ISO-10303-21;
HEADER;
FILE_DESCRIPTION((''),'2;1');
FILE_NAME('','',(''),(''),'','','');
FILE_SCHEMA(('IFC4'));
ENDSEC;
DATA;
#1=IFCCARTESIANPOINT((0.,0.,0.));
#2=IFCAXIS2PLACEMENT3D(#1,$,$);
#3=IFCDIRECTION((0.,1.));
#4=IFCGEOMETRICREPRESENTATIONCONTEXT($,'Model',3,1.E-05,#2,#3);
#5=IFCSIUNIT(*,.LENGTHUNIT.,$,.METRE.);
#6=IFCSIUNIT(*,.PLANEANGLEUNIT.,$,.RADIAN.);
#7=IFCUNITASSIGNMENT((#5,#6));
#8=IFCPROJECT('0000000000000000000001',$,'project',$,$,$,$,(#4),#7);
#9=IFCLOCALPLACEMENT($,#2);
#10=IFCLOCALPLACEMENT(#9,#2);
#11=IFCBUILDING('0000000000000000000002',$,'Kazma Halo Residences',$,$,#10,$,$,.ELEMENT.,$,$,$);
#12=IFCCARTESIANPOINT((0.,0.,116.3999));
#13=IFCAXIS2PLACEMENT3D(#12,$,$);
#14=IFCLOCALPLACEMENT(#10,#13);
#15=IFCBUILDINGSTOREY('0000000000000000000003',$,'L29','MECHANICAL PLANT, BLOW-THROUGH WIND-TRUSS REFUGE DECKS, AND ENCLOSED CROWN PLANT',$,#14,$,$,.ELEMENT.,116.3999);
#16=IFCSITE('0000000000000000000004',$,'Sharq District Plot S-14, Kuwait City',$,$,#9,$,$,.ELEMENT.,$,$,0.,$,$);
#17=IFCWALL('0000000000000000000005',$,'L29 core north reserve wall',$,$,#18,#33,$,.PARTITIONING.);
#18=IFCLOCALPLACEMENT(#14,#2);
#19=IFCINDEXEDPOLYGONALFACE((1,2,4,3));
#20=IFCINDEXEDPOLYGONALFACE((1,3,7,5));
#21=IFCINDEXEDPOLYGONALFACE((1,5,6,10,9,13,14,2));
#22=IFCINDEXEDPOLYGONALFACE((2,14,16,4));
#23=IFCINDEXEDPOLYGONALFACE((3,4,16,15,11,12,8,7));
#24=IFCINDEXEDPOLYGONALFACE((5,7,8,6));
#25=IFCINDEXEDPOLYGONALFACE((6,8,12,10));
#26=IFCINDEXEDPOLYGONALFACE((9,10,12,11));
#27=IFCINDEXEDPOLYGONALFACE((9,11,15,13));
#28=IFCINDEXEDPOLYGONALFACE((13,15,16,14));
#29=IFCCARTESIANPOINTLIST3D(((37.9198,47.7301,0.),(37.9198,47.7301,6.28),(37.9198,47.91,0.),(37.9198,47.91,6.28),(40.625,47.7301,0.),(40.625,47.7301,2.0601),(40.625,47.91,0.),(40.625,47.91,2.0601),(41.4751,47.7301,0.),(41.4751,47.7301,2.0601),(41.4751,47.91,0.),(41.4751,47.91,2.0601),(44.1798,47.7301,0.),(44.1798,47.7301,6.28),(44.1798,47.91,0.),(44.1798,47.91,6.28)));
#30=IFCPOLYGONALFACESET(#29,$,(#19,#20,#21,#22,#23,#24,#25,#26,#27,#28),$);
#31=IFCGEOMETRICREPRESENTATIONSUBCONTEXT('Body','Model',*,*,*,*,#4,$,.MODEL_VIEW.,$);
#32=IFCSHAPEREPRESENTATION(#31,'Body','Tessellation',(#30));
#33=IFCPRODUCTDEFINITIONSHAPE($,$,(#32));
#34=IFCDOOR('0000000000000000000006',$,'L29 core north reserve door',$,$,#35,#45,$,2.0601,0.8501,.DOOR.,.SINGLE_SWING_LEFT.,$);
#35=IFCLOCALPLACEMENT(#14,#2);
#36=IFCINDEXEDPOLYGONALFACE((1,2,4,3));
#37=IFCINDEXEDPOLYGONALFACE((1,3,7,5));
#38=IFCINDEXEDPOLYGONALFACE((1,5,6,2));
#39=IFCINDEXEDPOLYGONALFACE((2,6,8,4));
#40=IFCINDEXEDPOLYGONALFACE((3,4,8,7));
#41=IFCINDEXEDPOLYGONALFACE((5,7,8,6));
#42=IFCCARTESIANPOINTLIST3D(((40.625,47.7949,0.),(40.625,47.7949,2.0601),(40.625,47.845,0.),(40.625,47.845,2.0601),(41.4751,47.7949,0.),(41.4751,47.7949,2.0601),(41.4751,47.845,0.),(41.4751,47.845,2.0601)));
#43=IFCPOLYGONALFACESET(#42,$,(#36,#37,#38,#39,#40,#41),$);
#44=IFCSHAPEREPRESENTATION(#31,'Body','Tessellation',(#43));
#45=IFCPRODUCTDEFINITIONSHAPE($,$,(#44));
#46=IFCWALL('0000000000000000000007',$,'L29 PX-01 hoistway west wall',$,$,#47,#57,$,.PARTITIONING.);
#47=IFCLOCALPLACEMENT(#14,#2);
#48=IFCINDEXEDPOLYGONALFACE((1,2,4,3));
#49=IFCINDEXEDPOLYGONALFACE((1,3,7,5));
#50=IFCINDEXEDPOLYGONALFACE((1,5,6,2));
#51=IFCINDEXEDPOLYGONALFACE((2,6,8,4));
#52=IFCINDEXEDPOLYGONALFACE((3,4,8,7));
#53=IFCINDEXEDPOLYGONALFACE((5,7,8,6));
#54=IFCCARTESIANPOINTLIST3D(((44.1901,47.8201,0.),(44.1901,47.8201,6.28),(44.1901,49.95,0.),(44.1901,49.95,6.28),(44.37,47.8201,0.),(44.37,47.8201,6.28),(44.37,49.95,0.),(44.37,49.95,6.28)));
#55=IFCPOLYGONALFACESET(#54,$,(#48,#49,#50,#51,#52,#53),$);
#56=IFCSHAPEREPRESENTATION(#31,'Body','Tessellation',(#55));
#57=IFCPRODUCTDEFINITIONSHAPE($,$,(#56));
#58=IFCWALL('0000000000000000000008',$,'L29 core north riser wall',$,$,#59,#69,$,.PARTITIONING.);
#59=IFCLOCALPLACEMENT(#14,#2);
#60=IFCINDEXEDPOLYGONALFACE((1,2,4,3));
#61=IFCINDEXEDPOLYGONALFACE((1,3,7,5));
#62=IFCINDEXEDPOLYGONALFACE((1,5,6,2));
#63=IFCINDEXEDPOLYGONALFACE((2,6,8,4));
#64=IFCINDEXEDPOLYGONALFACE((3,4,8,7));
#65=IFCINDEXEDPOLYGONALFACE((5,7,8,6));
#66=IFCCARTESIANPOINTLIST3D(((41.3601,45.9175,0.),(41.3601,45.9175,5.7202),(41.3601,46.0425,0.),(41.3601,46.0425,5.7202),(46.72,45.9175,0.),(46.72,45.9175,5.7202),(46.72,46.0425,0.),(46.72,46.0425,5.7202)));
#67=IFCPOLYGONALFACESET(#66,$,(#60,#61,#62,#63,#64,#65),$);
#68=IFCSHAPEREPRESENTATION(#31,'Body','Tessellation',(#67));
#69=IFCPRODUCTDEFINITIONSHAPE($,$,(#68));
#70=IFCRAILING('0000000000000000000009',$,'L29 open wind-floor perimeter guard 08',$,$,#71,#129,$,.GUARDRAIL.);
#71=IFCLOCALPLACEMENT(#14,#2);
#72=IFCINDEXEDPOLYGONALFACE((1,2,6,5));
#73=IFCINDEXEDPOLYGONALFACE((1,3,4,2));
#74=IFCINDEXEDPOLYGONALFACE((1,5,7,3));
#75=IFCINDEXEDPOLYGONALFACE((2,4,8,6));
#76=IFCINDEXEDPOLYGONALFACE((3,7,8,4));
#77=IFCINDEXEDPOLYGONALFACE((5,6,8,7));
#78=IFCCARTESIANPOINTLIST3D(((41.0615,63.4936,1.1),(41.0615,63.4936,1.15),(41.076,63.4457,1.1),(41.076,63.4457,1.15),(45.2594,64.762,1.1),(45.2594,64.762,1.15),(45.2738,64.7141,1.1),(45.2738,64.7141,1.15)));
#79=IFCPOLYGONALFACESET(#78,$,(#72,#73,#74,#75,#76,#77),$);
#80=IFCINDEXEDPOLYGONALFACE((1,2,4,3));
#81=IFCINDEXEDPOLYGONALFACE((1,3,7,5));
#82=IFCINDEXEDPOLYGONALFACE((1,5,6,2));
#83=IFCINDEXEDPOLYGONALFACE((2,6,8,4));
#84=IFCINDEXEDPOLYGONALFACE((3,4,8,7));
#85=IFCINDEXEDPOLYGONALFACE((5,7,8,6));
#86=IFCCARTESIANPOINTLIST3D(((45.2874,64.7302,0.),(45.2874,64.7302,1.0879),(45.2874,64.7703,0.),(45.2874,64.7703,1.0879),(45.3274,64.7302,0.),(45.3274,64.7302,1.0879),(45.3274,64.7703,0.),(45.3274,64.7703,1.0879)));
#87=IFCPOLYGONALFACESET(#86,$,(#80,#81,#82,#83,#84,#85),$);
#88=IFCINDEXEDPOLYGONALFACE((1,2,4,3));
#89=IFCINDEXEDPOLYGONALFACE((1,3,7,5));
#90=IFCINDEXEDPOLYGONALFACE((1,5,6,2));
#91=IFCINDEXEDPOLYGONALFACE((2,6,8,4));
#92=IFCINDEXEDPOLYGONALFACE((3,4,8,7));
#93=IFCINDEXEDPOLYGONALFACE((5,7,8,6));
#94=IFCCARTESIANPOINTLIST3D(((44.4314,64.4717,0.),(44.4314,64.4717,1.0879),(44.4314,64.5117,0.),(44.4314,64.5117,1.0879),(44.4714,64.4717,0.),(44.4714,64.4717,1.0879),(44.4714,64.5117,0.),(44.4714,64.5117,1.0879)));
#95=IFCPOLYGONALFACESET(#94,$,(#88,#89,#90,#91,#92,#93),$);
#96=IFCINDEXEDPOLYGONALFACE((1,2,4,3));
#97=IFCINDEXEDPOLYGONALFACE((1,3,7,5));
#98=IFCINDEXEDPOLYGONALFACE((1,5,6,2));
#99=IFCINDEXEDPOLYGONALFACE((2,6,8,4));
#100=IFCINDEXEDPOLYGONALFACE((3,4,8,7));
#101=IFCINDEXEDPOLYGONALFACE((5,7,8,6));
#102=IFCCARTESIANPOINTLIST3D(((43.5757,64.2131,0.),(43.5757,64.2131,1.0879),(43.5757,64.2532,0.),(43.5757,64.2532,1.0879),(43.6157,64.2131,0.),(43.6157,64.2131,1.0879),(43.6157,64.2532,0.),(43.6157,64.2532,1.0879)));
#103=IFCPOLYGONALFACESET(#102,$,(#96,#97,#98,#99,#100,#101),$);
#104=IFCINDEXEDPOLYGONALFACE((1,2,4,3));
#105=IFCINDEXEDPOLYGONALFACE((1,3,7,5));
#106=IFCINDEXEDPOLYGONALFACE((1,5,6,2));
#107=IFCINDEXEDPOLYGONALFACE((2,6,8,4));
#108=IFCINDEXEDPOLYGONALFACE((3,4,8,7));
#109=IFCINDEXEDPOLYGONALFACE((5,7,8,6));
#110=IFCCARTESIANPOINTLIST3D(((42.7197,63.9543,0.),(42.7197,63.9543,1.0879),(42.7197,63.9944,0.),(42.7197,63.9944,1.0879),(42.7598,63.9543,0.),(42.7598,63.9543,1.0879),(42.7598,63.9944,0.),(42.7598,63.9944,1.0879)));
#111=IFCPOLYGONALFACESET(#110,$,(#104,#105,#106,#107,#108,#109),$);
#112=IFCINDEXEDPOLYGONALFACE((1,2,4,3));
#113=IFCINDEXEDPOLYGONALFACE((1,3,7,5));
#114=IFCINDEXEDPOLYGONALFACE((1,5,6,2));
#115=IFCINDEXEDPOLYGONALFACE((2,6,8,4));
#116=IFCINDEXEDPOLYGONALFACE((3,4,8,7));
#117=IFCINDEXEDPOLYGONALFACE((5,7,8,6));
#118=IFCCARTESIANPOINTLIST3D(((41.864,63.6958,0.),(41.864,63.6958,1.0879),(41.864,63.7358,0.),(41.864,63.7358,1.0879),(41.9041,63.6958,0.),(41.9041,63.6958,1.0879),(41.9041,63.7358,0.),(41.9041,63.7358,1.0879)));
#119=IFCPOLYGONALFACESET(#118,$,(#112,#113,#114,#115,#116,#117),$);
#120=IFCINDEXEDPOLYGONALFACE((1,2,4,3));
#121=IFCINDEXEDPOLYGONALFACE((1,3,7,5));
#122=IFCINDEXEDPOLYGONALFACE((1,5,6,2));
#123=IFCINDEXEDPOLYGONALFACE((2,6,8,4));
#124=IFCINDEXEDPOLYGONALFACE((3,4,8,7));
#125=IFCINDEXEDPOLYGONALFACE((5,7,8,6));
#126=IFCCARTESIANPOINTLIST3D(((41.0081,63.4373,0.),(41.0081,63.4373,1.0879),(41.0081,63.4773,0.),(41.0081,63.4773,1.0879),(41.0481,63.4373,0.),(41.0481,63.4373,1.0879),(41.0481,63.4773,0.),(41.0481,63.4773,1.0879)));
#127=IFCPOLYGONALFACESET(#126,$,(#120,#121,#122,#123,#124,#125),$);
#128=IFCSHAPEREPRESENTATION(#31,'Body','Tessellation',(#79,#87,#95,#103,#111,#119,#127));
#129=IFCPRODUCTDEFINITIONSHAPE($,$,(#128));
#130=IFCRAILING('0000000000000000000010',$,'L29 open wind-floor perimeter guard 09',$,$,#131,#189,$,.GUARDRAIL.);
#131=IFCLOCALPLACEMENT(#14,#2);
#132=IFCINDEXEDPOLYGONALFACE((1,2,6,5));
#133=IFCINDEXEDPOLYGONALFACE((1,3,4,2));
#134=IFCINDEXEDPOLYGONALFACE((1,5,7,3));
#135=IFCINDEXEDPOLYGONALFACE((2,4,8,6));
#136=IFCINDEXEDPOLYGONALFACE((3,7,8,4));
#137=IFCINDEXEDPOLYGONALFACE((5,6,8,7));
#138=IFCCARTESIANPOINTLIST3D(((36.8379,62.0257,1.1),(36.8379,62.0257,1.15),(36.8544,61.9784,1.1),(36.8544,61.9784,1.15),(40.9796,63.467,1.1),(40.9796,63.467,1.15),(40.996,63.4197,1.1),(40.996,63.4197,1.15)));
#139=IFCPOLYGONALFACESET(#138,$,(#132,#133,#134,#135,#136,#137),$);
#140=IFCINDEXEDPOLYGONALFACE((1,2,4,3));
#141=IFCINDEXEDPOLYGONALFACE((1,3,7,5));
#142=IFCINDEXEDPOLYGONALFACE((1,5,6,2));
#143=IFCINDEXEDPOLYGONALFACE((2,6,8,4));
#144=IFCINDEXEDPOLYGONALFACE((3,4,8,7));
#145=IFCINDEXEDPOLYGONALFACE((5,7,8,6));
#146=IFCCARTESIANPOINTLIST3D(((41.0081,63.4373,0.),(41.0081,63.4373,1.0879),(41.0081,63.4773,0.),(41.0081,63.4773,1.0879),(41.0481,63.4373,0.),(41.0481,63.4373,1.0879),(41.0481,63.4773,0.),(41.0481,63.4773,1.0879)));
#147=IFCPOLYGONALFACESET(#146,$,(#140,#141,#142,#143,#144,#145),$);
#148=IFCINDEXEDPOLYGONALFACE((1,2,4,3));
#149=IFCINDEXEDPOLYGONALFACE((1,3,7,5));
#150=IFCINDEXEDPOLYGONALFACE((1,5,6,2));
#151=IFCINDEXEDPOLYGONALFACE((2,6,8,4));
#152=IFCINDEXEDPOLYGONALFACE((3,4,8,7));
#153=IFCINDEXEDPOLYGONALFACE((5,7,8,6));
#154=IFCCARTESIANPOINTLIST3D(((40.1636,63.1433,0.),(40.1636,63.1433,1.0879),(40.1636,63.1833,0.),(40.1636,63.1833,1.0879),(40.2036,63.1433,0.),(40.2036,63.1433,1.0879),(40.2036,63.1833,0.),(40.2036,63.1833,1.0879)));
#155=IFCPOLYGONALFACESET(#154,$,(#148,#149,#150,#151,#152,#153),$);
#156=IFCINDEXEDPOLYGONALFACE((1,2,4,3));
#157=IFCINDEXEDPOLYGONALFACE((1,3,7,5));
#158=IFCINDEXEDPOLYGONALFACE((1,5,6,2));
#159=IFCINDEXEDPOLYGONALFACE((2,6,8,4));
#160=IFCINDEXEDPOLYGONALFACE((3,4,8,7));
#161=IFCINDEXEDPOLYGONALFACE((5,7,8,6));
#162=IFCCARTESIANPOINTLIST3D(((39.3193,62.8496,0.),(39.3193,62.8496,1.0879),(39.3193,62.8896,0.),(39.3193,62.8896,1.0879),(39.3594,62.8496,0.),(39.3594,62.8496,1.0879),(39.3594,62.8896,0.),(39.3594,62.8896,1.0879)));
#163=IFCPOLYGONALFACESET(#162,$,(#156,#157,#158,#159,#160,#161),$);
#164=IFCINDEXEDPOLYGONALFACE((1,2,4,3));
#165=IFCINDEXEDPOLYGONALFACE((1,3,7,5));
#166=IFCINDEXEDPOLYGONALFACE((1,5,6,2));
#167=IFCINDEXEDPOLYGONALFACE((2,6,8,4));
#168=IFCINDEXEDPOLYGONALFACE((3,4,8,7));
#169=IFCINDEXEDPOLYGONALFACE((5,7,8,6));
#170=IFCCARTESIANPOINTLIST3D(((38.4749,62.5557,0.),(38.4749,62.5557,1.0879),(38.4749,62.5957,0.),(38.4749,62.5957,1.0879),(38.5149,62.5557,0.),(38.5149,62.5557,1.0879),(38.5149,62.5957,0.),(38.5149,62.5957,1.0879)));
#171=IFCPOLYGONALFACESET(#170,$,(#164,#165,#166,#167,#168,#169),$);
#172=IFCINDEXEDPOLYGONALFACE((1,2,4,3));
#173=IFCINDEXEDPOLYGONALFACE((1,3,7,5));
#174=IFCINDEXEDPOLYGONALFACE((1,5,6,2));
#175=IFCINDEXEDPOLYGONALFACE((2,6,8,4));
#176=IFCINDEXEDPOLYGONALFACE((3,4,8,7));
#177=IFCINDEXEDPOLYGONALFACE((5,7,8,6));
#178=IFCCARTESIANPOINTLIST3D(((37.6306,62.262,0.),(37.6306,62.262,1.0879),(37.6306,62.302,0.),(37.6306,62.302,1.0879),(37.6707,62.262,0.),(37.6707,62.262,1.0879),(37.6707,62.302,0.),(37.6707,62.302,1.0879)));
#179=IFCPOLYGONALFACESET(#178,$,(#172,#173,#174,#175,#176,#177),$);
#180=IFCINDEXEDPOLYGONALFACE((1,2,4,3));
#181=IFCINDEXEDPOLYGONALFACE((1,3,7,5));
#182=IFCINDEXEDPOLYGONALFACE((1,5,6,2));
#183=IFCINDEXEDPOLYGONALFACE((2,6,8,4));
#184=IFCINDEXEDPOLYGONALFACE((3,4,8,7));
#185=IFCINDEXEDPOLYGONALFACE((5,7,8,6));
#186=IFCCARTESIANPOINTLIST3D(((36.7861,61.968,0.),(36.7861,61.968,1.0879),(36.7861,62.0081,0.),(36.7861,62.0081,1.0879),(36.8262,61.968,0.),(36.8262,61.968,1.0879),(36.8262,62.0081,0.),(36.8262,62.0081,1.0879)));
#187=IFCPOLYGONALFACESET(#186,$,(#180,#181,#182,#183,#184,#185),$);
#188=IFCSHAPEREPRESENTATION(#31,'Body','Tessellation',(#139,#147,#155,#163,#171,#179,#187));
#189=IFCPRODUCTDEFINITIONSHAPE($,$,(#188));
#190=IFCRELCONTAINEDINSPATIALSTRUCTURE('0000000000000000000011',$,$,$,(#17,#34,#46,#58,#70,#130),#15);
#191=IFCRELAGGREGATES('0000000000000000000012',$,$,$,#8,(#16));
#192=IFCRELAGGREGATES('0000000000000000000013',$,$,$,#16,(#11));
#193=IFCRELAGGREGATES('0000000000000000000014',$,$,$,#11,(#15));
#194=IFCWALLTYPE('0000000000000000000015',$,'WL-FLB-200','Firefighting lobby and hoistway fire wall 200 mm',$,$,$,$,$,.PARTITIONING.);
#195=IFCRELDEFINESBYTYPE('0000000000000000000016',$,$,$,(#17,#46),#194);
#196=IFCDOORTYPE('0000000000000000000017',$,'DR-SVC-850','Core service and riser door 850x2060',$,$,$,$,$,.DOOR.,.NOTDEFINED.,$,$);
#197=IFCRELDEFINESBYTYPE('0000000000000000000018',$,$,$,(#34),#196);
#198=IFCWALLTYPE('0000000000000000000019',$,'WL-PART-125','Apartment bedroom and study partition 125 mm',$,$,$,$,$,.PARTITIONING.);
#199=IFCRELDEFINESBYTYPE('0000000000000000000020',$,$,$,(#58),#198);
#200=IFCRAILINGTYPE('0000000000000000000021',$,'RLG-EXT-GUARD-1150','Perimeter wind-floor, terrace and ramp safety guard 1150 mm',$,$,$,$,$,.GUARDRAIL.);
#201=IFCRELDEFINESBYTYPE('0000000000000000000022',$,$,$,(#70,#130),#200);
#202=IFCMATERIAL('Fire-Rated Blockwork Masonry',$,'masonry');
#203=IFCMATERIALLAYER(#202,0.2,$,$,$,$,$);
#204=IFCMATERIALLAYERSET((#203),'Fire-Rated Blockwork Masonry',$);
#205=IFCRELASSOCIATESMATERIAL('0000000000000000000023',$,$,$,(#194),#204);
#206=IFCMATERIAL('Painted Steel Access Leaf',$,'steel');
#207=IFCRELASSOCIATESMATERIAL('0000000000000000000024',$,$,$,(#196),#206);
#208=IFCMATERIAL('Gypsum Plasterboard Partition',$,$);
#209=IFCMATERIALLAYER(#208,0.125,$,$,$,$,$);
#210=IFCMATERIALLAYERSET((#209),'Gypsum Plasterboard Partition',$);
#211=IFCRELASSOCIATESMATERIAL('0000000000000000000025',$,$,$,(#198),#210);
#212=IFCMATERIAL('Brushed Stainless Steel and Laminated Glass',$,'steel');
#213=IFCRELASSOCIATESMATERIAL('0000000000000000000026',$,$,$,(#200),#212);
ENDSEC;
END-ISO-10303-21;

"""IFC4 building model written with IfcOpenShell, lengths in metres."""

from ifc_helpers import new_model, si_unit, direction, frame, frame_2d, origin, origin_2d, place, context, subcontext, project, spatial, rectangle, extrude, material, layer, layer_set, type_object, element, fill, save


model = new_model("IFC4")

# Units and contexts
model_context = context("Model", 3, precision=1e-05, world=origin(), true_north=direction((0.0, 1.0)))
body_context = subcontext(model_context, "Body", "Model", "MODEL_VIEW")
ifc_project = project(units=[si_unit("LENGTHUNIT", "METRE"), si_unit("PLANEANGLEUNIT", "RADIAN")], contexts=[model_context])

# Site, building, storey
site_placement = place(None, origin())
site = spatial("IfcSite", under=ifc_project, at=site_placement, Name="Sharq District Plot S-14, Kuwait City", CompositionType="ELEMENT", RefElevation=0.0)
building_placement = place(site_placement, origin())
building = spatial("IfcBuilding", under=site, at=building_placement, Name="Kazma Halo Residences", CompositionType="ELEMENT")
storey_placement = place(building_placement, frame((0.0, 0.0, 116.3999)))
storey = spatial("IfcBuildingStorey", under=building, at=storey_placement, Name="L29", Description="MECHANICAL PLANT, BLOW-THROUGH WIND-TRUSS REFUGE DECKS, AND ENCLOSED CROWN PLANT", CompositionType="ELEMENT", Elevation=116.3999)

# Shared definitions
ifc_material_1 = material(Name="Fire-Rated Blockwork Masonry", Category="masonry")
ifc_layer_1 = layer(ifc_material_1, 0.2)
ifc_layer_set_1 = layer_set([ifc_layer_1], Name="Fire-Rated Blockwork Masonry")
wall_type_1 = type_object("IfcWallType", Name="WL-FLB-200", Description="Firefighting lobby and hoistway fire wall 200 mm", PredefinedType="PARTITIONING", material=ifc_layer_set_1)

# Wall, opening, door
wall_1_placement = place(storey_placement, frame((37.9199, 47.8201, 0.0), z_axis=(0.0, 0.0, 1.0), x_axis=(1.0, 0.0, 0.0)))
wall_1 = element("IfcWall", 1, at=wall_1_placement, inside=storey, type_object=wall_type_1, Name="L29 core north reserve wall", PredefinedType="PARTITIONING", context=body_context, shape_type="SweptSolid", body=[
    extrude(rectangle(XDim=6.26, YDim=0.1799, at=frame_2d((3.1299, 0.0))), origin(), (0.0, 0.0, 1.0), 6.28),
])
opening_1_placement = place(wall_1_placement, frame((2.7051, 0.0, 0.0)))
opening_1 = element("IfcOpeningElement", 2, at=opening_1_placement, cuts=wall_1, PredefinedType="OPENING", context=body_context, shape_type="SweptSolid", body=[
    extrude(rectangle(XDim=0.8501, YDim=2.0601, at=frame_2d((0.425, 1.03))), frame((0.0, 0.0999, 0.0), z_axis=(0.0, -1.0, 0.0), x_axis=(1.0, 0.0, 0.0)), (0.0, 0.0, 1.0), 0.2),
])
ifc_material_2 = material(Name="Painted Steel Access Leaf", Category="steel")
door_type_1 = type_object("IfcDoorType", Name="DR-SVC-850", Description="Core service and riser door 850x2060", OperationType="NOTDEFINED", PredefinedType="DOOR", material=ifc_material_2)
door_1_placement = place(opening_1_placement, origin())
door_1 = element("IfcDoor", 3, at=door_1_placement, inside=storey, type_object=door_type_1, Name="L29 core north reserve door", OperationType="SINGLE_SWING_LEFT", OverallHeight=2.0601, OverallWidth=0.8501, PredefinedType="DOOR", context=body_context, shape_type="SweptSolid", body=[
    extrude(rectangle(XDim=0.8501, YDim=2.0601, at=frame_2d((0.425, 1.03))), frame((0.0, 0.0249, 0.0), z_axis=(0.0, -1.0, 0.0), x_axis=(1.0, 0.0, 0.0)), (0.0, 0.0, 1.0), 0.05),
])
fill(opening_1, door_1)

# Walls
wall_2_placement = place(storey_placement, frame((44.28, 47.8201, 0.0), z_axis=(0.0, 0.0, 1.0), x_axis=(0.0, 1.0, 0.0)))
element("IfcWall", 4, at=wall_2_placement, inside=storey, type_object=wall_type_1, Name="L29 PX-01 hoistway west wall", PredefinedType="PARTITIONING", context=body_context, shape_type="SweptSolid", body=[
    extrude(rectangle(XDim=2.1299, YDim=0.1799, at=frame_2d((1.0649, 0.0))), origin(), (0.0, 0.0, 1.0), 6.28),
])
ifc_material_3 = material(Name="Gypsum Plasterboard Partition")
ifc_layer_2 = layer(ifc_material_3, 0.125)
ifc_layer_set_2 = layer_set([ifc_layer_2], Name="Gypsum Plasterboard Partition")
wall_type_2 = type_object("IfcWallType", Name="WL-PART-125", Description="Apartment bedroom and study partition 125 mm", PredefinedType="PARTITIONING", material=ifc_layer_set_2)
wall_3_placement = place(storey_placement, frame((41.3601, 45.98, 0.0), z_axis=(0.0, 0.0, 1.0), x_axis=(1.0, 0.0, 0.0)))
element("IfcWall", 5, at=wall_3_placement, inside=storey, type_object=wall_type_2, Name="L29 core north riser wall", PredefinedType="PARTITIONING", context=body_context, shape_type="SweptSolid", body=[
    extrude(rectangle(XDim=5.3599, YDim=0.125, at=frame_2d((2.6799, 0.0))), origin(), (0.0, 0.0, 1.0), 5.7202),
])

# Railings
ifc_material_4 = material(Name="Brushed Stainless Steel and Laminated Glass", Category="steel")
railing_type = type_object("IfcRailingType", Name="RLG-EXT-GUARD-1150", Description="Perimeter wind-floor, terrace and ramp safety guard 1150 mm", PredefinedType="GUARDRAIL", material=ifc_material_4)
railing_1_placement = place(storey_placement, frame((45.3074, 64.7502, 0.0)))
element("IfcRailing", 6, at=railing_1_placement, inside=storey, type_object=railing_type, Name="L29 open wind-floor perimeter guard 08", PredefinedType="GUARDRAIL", context=body_context, shape_type="SweptSolid", body=[
    extrude(rectangle(XDim=0.05, YDim=0.05, at=origin_2d()), frame((-0.0408, -0.0122, 1.125), z_axis=(-0.957259, -0.289231, 0.0), x_axis=(0.289231, -0.957259, 0.0)), (0.0, 0.0, 1.0), 4.3853),
    extrude(rectangle(XDim=0.04, YDim=0.04, at=origin_2d()), origin(), (0.0, 0.0, 1.0), 1.0879),
    extrude(rectangle(XDim=0.04, YDim=0.04, at=origin_2d()), frame((-0.856, -0.2585, 0.0)), (0.0, 0.0, 1.0), 1.0879),
    extrude(rectangle(XDim=0.04, YDim=0.04, at=origin_2d()), frame((-1.7117, -0.5171, 0.0)), (0.0, 0.0, 1.0), 1.0879),
    extrude(rectangle(XDim=0.04, YDim=0.04, at=origin_2d()), frame((-2.5676, -0.7759, 0.0)), (0.0, 0.0, 1.0), 1.0879),
    extrude(rectangle(XDim=0.04, YDim=0.04, at=origin_2d()), frame((-3.4233, -1.0344, 0.0)), (0.0, 0.0, 1.0), 1.0879),
    extrude(rectangle(XDim=0.04, YDim=0.04, at=origin_2d()), frame((-4.2793, -1.293, 0.0)), (0.0, 0.0, 1.0), 1.0879),
])
railing_2_placement = place(storey_placement, frame((41.0281, 63.4573, 0.0)))
element("IfcRailing", 7, at=railing_2_placement, inside=storey, type_object=railing_type, Name="L29 open wind-floor perimeter guard 09", PredefinedType="GUARDRAIL", context=body_context, shape_type="SweptSolid", body=[
    extrude(rectangle(XDim=0.05, YDim=0.05, at=origin_2d()), frame((-0.0403, -0.0139, 1.125), z_axis=(-0.944445, -0.328669, 0.0), x_axis=(0.328669, -0.944445, 0.0)), (0.0, 0.0, 1.0), 4.3853),
    extrude(rectangle(XDim=0.04, YDim=0.04, at=origin_2d()), origin(), (0.0, 0.0, 1.0), 1.0879),
    extrude(rectangle(XDim=0.04, YDim=0.04, at=origin_2d()), frame((-0.8445, -0.2939, 0.0)), (0.0, 0.0, 1.0), 1.0879),
    extrude(rectangle(XDim=0.04, YDim=0.04, at=origin_2d()), frame((-1.6887, -0.5876, 0.0)), (0.0, 0.0, 1.0), 1.0879),
    extrude(rectangle(XDim=0.04, YDim=0.04, at=origin_2d()), frame((-2.5332, -0.8816, 0.0)), (0.0, 0.0, 1.0), 1.0879),
    extrude(rectangle(XDim=0.04, YDim=0.04, at=origin_2d()), frame((-3.3774, -1.1753, 0.0)), (0.0, 0.0, 1.0), 1.0879),
    extrude(rectangle(XDim=0.04, YDim=0.04, at=origin_2d()), frame((-4.2219, -1.4692, 0.0)), (0.0, 0.0, 1.0), 1.0879),
])

save(model, "model.ifc")
